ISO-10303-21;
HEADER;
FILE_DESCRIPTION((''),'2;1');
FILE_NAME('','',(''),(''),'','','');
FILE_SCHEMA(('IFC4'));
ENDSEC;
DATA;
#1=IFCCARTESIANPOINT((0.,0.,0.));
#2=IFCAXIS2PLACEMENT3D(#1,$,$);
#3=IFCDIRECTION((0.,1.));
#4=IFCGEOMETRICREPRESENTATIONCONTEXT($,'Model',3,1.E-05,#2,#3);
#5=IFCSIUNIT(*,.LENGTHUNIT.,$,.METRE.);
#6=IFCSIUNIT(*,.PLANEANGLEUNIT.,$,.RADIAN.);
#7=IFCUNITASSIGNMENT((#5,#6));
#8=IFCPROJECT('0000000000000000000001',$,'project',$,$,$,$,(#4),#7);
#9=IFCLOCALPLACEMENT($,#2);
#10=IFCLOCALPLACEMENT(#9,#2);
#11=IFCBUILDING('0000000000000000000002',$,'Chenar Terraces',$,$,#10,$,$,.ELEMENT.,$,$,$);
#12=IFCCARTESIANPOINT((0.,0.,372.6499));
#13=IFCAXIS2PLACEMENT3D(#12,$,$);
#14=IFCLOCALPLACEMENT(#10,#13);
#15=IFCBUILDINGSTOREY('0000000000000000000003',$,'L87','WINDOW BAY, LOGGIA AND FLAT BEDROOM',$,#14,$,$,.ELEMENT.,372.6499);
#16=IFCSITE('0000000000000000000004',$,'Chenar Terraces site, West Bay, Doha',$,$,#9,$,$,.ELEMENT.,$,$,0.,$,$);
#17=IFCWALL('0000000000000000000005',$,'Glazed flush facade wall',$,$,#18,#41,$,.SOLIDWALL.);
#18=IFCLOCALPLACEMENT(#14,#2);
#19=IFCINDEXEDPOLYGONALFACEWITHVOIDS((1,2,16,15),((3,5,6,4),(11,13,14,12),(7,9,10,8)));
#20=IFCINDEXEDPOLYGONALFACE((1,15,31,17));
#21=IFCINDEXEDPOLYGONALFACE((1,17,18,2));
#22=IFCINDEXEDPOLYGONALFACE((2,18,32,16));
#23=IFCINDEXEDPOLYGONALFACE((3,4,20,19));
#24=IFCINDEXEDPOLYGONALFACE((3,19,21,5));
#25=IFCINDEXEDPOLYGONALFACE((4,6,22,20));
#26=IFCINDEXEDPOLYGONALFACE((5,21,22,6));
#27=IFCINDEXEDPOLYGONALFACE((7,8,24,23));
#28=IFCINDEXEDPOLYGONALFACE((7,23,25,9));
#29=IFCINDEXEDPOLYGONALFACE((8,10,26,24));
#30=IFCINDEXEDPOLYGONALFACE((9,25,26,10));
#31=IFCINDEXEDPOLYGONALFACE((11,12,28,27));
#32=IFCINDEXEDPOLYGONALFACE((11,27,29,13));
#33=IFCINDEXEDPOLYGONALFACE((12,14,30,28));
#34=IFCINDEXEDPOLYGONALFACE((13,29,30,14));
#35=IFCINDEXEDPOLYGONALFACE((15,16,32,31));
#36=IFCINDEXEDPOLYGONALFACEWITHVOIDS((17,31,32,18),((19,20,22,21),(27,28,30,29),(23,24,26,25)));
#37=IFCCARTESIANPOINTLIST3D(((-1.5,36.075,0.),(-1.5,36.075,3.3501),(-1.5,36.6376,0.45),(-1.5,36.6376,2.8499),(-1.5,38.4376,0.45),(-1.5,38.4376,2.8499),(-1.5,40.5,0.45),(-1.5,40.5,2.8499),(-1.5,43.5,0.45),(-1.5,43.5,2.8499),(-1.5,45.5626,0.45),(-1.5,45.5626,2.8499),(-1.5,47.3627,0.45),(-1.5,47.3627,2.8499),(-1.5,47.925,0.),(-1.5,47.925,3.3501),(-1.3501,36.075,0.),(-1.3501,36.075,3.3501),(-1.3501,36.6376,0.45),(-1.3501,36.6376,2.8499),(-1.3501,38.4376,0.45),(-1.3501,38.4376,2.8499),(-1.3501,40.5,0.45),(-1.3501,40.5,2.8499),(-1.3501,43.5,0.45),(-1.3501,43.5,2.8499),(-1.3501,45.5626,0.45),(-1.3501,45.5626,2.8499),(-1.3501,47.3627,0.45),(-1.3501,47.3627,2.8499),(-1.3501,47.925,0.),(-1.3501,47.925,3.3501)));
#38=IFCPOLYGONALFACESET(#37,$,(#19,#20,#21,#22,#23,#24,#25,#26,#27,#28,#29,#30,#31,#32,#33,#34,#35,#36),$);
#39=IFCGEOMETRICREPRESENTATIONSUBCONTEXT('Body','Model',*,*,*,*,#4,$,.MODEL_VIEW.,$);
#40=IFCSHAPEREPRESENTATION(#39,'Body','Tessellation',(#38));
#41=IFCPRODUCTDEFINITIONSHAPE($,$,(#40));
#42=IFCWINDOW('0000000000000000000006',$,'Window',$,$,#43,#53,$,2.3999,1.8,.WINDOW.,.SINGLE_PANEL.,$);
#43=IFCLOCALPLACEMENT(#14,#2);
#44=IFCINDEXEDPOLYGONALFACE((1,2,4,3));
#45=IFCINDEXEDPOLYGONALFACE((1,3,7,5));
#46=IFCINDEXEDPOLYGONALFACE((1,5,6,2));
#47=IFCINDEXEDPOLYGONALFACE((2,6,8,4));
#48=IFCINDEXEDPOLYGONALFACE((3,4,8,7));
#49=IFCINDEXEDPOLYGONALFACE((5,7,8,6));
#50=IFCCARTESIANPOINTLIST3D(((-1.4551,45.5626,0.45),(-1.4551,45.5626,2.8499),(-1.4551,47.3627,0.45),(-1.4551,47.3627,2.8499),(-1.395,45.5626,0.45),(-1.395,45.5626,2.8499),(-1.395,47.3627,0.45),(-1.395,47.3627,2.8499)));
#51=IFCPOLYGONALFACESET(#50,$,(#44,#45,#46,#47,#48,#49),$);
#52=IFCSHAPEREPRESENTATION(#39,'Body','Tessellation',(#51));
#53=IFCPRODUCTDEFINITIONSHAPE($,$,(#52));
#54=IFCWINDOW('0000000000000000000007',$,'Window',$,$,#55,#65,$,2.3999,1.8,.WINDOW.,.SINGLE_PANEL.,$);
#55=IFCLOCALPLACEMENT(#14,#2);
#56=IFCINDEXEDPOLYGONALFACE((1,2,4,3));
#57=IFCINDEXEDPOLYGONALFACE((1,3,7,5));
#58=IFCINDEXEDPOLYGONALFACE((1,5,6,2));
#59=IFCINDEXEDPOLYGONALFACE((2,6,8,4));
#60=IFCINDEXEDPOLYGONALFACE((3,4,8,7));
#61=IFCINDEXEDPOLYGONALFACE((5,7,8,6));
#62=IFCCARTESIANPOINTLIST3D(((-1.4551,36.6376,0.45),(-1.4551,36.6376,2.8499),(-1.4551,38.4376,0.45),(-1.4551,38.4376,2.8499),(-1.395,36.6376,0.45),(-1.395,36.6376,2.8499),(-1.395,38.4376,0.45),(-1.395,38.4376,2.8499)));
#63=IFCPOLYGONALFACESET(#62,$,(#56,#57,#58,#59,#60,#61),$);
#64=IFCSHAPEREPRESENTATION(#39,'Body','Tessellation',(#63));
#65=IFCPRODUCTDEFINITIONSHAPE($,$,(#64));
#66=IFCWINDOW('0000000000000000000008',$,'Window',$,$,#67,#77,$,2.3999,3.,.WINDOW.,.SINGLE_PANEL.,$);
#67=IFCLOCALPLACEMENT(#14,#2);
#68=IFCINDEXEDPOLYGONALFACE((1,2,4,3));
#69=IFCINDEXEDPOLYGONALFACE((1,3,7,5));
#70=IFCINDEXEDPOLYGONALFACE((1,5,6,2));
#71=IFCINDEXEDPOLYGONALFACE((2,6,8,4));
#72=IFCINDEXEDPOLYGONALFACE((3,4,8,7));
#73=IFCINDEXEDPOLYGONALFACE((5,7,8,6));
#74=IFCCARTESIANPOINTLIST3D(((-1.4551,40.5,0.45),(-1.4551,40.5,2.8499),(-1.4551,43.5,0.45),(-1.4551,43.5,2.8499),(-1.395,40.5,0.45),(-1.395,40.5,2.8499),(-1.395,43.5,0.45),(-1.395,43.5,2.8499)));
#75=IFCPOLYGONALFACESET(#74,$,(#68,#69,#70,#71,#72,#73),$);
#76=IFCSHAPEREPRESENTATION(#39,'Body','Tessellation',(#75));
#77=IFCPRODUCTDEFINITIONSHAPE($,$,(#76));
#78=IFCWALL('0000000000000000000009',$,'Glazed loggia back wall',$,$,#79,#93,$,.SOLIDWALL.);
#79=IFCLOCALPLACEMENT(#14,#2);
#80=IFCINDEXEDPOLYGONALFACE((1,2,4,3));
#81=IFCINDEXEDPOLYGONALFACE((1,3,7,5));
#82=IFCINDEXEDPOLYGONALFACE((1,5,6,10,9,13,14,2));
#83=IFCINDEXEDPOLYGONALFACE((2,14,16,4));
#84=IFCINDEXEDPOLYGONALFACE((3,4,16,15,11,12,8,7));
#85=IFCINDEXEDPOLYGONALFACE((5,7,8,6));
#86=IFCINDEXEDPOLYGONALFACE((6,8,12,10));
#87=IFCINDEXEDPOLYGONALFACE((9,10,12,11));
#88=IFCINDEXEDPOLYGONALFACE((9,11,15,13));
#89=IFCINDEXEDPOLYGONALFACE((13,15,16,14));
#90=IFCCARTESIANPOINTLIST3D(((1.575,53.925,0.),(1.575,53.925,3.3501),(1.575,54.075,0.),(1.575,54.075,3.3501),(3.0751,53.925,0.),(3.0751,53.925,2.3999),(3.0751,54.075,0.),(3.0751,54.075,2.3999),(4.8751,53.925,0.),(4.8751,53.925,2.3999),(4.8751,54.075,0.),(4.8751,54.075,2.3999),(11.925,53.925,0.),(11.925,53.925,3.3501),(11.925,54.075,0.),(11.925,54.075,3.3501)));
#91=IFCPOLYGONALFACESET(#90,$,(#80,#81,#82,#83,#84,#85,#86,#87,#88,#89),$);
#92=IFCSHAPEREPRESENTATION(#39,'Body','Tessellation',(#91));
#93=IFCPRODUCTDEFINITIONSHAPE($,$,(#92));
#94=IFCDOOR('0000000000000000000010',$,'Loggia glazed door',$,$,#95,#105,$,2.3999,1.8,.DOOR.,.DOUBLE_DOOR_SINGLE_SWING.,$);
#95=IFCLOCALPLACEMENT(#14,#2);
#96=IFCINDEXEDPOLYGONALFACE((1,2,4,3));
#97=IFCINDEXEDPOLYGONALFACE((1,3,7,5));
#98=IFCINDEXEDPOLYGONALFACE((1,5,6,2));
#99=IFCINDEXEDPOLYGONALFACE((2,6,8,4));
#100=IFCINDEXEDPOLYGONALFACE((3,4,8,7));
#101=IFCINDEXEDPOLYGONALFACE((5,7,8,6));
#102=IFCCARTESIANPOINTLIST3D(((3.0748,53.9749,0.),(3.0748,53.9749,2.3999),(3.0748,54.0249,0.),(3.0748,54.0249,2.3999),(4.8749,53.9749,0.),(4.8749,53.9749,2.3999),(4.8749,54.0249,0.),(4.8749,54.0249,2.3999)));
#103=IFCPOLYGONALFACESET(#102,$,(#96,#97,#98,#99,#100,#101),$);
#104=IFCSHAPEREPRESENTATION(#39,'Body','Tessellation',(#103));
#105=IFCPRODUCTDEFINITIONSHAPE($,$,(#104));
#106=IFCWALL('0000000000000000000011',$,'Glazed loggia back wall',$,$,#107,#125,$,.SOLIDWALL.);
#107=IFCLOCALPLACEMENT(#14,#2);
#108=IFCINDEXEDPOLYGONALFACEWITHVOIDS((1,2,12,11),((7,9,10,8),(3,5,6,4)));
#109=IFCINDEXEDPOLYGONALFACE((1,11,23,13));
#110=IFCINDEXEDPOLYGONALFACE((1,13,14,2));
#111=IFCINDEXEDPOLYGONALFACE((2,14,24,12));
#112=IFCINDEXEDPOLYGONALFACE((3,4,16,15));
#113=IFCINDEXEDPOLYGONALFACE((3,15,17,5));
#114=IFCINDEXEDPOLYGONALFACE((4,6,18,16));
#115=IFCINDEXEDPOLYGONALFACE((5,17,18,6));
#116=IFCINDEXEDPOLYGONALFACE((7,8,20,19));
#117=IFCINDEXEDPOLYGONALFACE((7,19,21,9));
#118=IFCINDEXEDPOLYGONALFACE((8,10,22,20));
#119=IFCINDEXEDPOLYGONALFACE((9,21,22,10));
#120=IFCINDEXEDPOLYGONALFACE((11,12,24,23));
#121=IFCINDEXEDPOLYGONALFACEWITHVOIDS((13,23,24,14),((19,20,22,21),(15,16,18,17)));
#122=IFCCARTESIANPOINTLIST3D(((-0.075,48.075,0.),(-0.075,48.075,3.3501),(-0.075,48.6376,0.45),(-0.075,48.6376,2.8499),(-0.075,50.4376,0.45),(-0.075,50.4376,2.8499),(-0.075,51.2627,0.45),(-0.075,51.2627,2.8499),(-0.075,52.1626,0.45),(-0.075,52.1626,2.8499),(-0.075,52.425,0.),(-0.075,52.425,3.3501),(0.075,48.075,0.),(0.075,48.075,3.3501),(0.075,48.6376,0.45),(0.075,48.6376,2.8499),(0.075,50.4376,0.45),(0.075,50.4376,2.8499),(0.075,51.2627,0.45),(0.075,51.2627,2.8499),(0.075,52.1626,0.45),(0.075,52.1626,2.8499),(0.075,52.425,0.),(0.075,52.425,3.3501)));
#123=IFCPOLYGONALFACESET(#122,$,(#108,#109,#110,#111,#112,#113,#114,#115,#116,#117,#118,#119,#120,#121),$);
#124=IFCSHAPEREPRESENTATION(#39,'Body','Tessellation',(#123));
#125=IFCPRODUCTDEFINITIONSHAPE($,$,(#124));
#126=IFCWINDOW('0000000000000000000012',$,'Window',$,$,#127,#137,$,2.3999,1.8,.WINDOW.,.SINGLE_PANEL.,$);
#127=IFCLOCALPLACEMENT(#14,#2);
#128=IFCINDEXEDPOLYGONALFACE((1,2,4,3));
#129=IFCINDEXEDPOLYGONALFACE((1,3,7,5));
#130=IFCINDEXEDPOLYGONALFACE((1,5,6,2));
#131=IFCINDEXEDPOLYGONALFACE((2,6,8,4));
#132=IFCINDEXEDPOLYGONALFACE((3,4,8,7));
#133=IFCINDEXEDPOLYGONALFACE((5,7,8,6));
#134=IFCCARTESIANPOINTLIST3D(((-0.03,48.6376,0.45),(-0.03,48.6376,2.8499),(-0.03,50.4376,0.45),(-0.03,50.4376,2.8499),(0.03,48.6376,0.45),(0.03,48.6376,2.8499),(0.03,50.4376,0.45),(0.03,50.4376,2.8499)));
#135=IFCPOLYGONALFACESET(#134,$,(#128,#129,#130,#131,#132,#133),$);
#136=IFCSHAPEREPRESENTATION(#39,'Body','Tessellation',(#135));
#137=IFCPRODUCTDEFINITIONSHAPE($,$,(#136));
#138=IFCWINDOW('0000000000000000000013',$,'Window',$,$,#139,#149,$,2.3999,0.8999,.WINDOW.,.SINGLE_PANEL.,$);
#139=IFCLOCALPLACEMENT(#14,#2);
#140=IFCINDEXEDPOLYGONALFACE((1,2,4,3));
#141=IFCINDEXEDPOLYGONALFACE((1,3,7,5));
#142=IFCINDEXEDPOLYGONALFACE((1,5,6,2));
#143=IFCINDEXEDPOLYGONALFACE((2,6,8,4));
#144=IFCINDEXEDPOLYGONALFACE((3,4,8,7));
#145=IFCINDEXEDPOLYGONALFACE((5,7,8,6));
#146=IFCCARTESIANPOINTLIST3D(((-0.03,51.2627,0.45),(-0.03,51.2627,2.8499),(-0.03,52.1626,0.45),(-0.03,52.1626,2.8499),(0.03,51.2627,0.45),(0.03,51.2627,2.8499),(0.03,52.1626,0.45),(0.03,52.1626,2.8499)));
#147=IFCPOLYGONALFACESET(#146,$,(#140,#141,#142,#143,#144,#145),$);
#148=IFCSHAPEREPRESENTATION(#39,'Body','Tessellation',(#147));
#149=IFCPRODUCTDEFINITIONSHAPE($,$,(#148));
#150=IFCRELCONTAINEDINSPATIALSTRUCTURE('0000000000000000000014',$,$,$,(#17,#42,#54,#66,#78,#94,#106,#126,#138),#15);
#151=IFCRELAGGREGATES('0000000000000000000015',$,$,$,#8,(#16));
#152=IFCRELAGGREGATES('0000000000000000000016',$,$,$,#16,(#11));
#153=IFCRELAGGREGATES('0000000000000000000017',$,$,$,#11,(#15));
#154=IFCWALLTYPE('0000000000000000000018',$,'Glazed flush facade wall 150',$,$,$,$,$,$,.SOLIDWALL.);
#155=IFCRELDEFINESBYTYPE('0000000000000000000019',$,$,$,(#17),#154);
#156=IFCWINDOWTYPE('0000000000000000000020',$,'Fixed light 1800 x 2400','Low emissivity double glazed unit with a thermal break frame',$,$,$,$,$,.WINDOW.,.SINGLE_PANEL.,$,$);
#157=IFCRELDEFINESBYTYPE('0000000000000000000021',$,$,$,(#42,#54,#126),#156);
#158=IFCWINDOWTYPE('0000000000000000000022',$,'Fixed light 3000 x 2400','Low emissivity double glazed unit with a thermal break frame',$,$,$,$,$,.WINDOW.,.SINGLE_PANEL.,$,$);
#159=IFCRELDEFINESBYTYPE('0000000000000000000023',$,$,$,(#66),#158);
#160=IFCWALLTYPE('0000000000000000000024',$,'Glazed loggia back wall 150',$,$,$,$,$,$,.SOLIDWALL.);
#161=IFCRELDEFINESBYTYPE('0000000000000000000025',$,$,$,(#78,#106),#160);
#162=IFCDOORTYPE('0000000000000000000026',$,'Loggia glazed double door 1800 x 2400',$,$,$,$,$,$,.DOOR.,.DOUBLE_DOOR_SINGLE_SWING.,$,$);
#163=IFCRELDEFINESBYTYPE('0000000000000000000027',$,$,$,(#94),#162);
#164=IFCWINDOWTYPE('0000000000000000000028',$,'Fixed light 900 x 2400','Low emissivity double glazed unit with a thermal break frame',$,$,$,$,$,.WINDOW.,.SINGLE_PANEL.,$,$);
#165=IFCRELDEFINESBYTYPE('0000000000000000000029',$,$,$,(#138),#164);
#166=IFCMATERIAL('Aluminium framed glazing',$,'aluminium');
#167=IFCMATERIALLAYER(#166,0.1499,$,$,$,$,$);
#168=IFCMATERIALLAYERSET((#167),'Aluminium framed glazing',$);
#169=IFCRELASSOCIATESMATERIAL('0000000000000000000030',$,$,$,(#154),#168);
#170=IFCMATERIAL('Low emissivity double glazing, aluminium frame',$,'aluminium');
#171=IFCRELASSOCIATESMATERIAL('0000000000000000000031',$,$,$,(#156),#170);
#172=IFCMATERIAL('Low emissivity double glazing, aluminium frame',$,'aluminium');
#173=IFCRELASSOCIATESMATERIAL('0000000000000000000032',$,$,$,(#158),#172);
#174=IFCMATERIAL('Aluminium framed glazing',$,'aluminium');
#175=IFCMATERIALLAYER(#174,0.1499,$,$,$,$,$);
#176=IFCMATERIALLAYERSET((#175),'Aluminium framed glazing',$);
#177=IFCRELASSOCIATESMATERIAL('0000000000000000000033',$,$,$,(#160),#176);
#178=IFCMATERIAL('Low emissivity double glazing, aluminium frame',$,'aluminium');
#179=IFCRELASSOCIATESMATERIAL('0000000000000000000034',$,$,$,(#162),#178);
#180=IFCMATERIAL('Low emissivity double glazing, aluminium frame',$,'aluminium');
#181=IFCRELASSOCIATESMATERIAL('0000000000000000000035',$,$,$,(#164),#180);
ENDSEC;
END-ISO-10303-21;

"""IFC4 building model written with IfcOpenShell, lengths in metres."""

from ifc_helpers import new_model, si_unit, direction, frame, frame_2d, origin, place, context, subcontext, project, spatial, rectangle, extrude, material, layer, layer_set, type_object, element, fill, save


model = new_model("IFC4")

# Units and contexts
model_context = context("Model", 3, precision=1e-05, world=origin(), true_north=direction((0.0, 1.0)))
body_context = subcontext(model_context, "Body", "Model", "MODEL_VIEW")
ifc_project = project(units=[si_unit("LENGTHUNIT", "METRE"), si_unit("PLANEANGLEUNIT", "RADIAN")], contexts=[model_context])

# Site, building, storey
site_placement = place(None, origin())
site = spatial("IfcSite", under=ifc_project, at=site_placement, Name="Chenar Terraces site, West Bay, Doha", CompositionType="ELEMENT", RefElevation=0.0)
building_placement = place(site_placement, origin())
building = spatial("IfcBuilding", under=site, at=building_placement, Name="Chenar Terraces", CompositionType="ELEMENT")
storey_placement = place(building_placement, frame((0.0, 0.0, 372.6499)))
storey = spatial("IfcBuildingStorey", under=building, at=storey_placement, Name="L87", Description="WINDOW BAY, LOGGIA AND FLAT BEDROOM", CompositionType="ELEMENT", Elevation=372.6499)

# Wall, openings, windows
ifc_material_1 = material(Name="Aluminium framed glazing", Category="aluminium")
ifc_layer_1 = layer(ifc_material_1, 0.1499)
ifc_layer_set_1 = layer_set([ifc_layer_1], Name="Aluminium framed glazing")
wall_type_1 = type_object("IfcWallType", Name="Glazed flush facade wall 150", PredefinedType="SOLIDWALL", material=ifc_layer_set_1)
wall_1_placement = place(storey_placement, frame((-1.425, 47.925, 0.0), z_axis=(0.0, 0.0, 1.0), x_axis=(0.0, -1.0, 0.0)))
wall_1 = element("IfcWall", 1, at=wall_1_placement, inside=storey, type_object=wall_type_1, Name="Glazed flush facade wall", PredefinedType="SOLIDWALL", context=body_context, shape_type="SweptSolid", body=[
    extrude(rectangle(XDim=11.8501, YDim=0.1499, at=frame_2d((5.925, 0.0))), origin(), (0.0, 0.0, 1.0), 3.3501),
])
opening_1_placement = place(wall_1_placement, frame((0.5625, 0.0, 0.45)))
opening_1 = element("IfcOpeningElement", 2, at=opening_1_placement, cuts=wall_1, PredefinedType="OPENING", context=body_context, shape_type="SweptSolid", body=[
    extrude(rectangle(XDim=1.8, YDim=2.3999, at=frame_2d((0.8999, 1.2))), frame((0.0, 0.085, 0.0), z_axis=(0.0, -1.0, 0.0), x_axis=(1.0, 0.0, 0.0)), (0.0, 0.0, 1.0), 0.1699),
])
opening_2_placement = place(wall_1_placement, frame((4.425, 0.0, 0.45)))
opening_2 = element("IfcOpeningElement", 3, at=opening_2_placement, cuts=wall_1, PredefinedType="OPENING", context=body_context, shape_type="SweptSolid", body=[
    extrude(rectangle(XDim=3.0, YDim=2.3999, at=frame_2d((1.5, 1.2))), frame((0.0, 0.085, 0.0), z_axis=(0.0, -1.0, 0.0), x_axis=(1.0, 0.0, 0.0)), (0.0, 0.0, 1.0), 0.1699),
])
opening_3_placement = place(wall_1_placement, frame((9.4875, 0.0, 0.45)))
opening_3 = element("IfcOpeningElement", 4, at=opening_3_placement, cuts=wall_1, PredefinedType="OPENING", context=body_context, shape_type="SweptSolid", body=[
    extrude(rectangle(XDim=1.8, YDim=2.3999, at=frame_2d((0.8999, 1.2))), frame((0.0, 0.085, 0.0), z_axis=(0.0, -1.0, 0.0), x_axis=(1.0, 0.0, 0.0)), (0.0, 0.0, 1.0), 0.1699),
])
ifc_material_2 = material(Name="Low emissivity double glazing, aluminium frame", Category="aluminium")
window_type_1 = type_object("IfcWindowType", Name="Fixed light 1800 x 2400", Description="Low emissivity double glazed unit with a thermal break frame", PartitioningType="SINGLE_PANEL", PredefinedType="WINDOW", material=ifc_material_2)
window_1_placement = place(opening_1_placement, origin())
window_1 = element("IfcWindow", 5, at=window_1_placement, inside=storey, type_object=window_type_1, Name="Window", OverallHeight=2.3999, OverallWidth=1.8, PartitioningType="SINGLE_PANEL", PredefinedType="WINDOW", context=body_context, shape_type="SweptSolid", body=[
    extrude(rectangle(XDim=1.8, YDim=2.3999, at=frame_2d((0.8999, 1.2))), frame((0.0, 0.03, 0.0), z_axis=(0.0, -1.0, 0.0), x_axis=(1.0, 0.0, 0.0)), (0.0, 0.0, 1.0), 0.0601),
])
fill(opening_1, window_1)
window_2_placement = place(opening_3_placement, origin())
window_2 = element("IfcWindow", 6, at=window_2_placement, inside=storey, type_object=window_type_1, Name="Window", OverallHeight=2.3999, OverallWidth=1.8, PartitioningType="SINGLE_PANEL", PredefinedType="WINDOW", context=body_context, shape_type="SweptSolid", body=[
    extrude(rectangle(XDim=1.8, YDim=2.3999, at=frame_2d((0.8999, 1.2))), frame((0.0, 0.03, 0.0), z_axis=(0.0, -1.0, 0.0), x_axis=(1.0, 0.0, 0.0)), (0.0, 0.0, 1.0), 0.0601),
])
fill(opening_3, window_2)
ifc_material_3 = material(Name="Low emissivity double glazing, aluminium frame", Category="aluminium")
window_type_2 = type_object("IfcWindowType", Name="Fixed light 3000 x 2400", Description="Low emissivity double glazed unit with a thermal break frame", PartitioningType="SINGLE_PANEL", PredefinedType="WINDOW", material=ifc_material_3)
window_3_placement = place(opening_2_placement, origin())
window_3 = element("IfcWindow", 7, at=window_3_placement, inside=storey, type_object=window_type_2, Name="Window", OverallHeight=2.3999, OverallWidth=3.0, PartitioningType="SINGLE_PANEL", PredefinedType="WINDOW", context=body_context, shape_type="SweptSolid", body=[
    extrude(rectangle(XDim=3.0, YDim=2.3999, at=frame_2d((1.5, 1.2))), frame((0.0, 0.03, 0.0), z_axis=(0.0, -1.0, 0.0), x_axis=(1.0, 0.0, 0.0)), (0.0, 0.0, 1.0), 0.0601),
])
fill(opening_2, window_3)

# Wall, opening, door
ifc_material_4 = material(Name="Aluminium framed glazing", Category="aluminium")
ifc_layer_2 = layer(ifc_material_4, 0.1499)
ifc_layer_set_2 = layer_set([ifc_layer_2], Name="Aluminium framed glazing")
wall_type_2 = type_object("IfcWallType", Name="Glazed loggia back wall 150", PredefinedType="SOLIDWALL", material=ifc_layer_set_2)
wall_2_placement = place(storey_placement, frame((11.925, 54.0, 0.0), z_axis=(0.0, 0.0, 1.0), x_axis=(-1.0, 0.0, 0.0)))
wall_2 = element("IfcWall", 8, at=wall_2_placement, inside=storey, type_object=wall_type_2, Name="Glazed loggia back wall", PredefinedType="SOLIDWALL", context=body_context, shape_type="SweptSolid", body=[
    extrude(rectangle(XDim=10.3501, YDim=0.1499, at=frame_2d((5.175, 0.0))), origin(), (0.0, 0.0, 1.0), 3.3501),
])
opening_4_placement = place(wall_2_placement, frame((7.05, 0.0, 0.0)))
opening_4 = element("IfcOpeningElement", 9, at=opening_4_placement, cuts=wall_2, PredefinedType="OPENING", context=body_context, shape_type="SweptSolid", body=[
    extrude(rectangle(XDim=1.8, YDim=2.3999, at=frame_2d((0.8999, 1.2))), frame((0.0, 0.085, 0.0), z_axis=(0.0, -1.0, 0.0), x_axis=(1.0, 0.0, 0.0)), (0.0, 0.0, 1.0), 0.1699),
])
ifc_material_5 = material(Name="Low emissivity double glazing, aluminium frame", Category="aluminium")
door_type_1 = type_object("IfcDoorType", Name="Loggia glazed double door 1800 x 2400", OperationType="DOUBLE_DOOR_SINGLE_SWING", PredefinedType="DOOR", material=ifc_material_5)
door_1_placement = place(opening_4_placement, frame((1.8, 0.0, 0.0), z_axis=(0.0, 0.0, 1.0), x_axis=(-1.0, 0.0, 0.0)))
door_1 = element("IfcDoor", 10, at=door_1_placement, inside=storey, type_object=door_type_1, Name="Loggia glazed door", OperationType="DOUBLE_DOOR_SINGLE_SWING", OverallHeight=2.3999, OverallWidth=1.8, PredefinedType="DOOR", context=body_context, shape_type="SweptSolid", body=[
    extrude(rectangle(XDim=1.8, YDim=2.3999, at=frame_2d((0.8999, 1.2))), frame((0.0, 0.0249, 0.0), z_axis=(0.0, -1.0, 0.0), x_axis=(1.0, 0.0, 0.0)), (0.0, 0.0, 1.0), 0.05),
])
fill(opening_4, door_1)

# Wall, openings, windows
wall_3_placement = place(storey_placement, frame((0.0, 52.425, 0.0), z_axis=(0.0, 0.0, 1.0), x_axis=(0.0, -1.0, 0.0)))
wall_3 = element("IfcWall", 11, at=wall_3_placement, inside=storey, type_object=wall_type_2, Name="Glazed loggia back wall", PredefinedType="SOLIDWALL", context=body_context, shape_type="SweptSolid", body=[
    extrude(rectangle(XDim=4.3501, YDim=0.1499, at=frame_2d((2.175, 0.0))), origin(), (0.0, 0.0, 1.0), 3.3501),
])
opening_5_placement = place(wall_3_placement, frame((0.2625, 0.0, 0.45)))
opening_5 = element("IfcOpeningElement", 12, at=opening_5_placement, cuts=wall_3, PredefinedType="OPENING", context=body_context, shape_type="SweptSolid", body=[
    extrude(rectangle(XDim=0.8999, YDim=2.3999, at=frame_2d((0.45, 1.2))), frame((0.0, 0.085, 0.0), z_axis=(0.0, -1.0, 0.0), x_axis=(1.0, 0.0, 0.0)), (0.0, 0.0, 1.0), 0.1699),
])
opening_6_placement = place(wall_3_placement, frame((1.9875, 0.0, 0.45)))
opening_6 = element("IfcOpeningElement", 13, at=opening_6_placement, cuts=wall_3, PredefinedType="OPENING", context=body_context, shape_type="SweptSolid", body=[
    extrude(rectangle(XDim=1.8, YDim=2.3999, at=frame_2d((0.8999, 1.2))), frame((0.0, 0.085, 0.0), z_axis=(0.0, -1.0, 0.0), x_axis=(1.0, 0.0, 0.0)), (0.0, 0.0, 1.0), 0.1699),
])
window_4_placement = place(opening_6_placement, origin())
window_4 = element("IfcWindow", 14, at=window_4_placement, inside=storey, type_object=window_type_1, Name="Window", OverallHeight=2.3999, OverallWidth=1.8, PartitioningType="SINGLE_PANEL", PredefinedType="WINDOW", context=body_context, shape_type="SweptSolid", body=[
    extrude(rectangle(XDim=1.8, YDim=2.3999, at=frame_2d((0.8999, 1.2))), frame((0.0, 0.03, 0.0), z_axis=(0.0, -1.0, 0.0), x_axis=(1.0, 0.0, 0.0)), (0.0, 0.0, 1.0), 0.0601),
])
fill(opening_6, window_4)
ifc_material_6 = material(Name="Low emissivity double glazing, aluminium frame", Category="aluminium")
window_type_3 = type_object("IfcWindowType", Name="Fixed light 900 x 2400", Description="Low emissivity double glazed unit with a thermal break frame", PartitioningType="SINGLE_PANEL", PredefinedType="WINDOW", material=ifc_material_6)
window_5_placement = place(opening_5_placement, origin())
window_5 = element("IfcWindow", 15, at=window_5_placement, inside=storey, type_object=window_type_3, Name="Window", OverallHeight=2.3999, OverallWidth=0.8999, PartitioningType="SINGLE_PANEL", PredefinedType="WINDOW", context=body_context, shape_type="SweptSolid", body=[
    extrude(rectangle(XDim=0.8999, YDim=2.3999, at=frame_2d((0.45, 1.2))), frame((0.0, 0.03, 0.0), z_axis=(0.0, -1.0, 0.0), x_axis=(1.0, 0.0, 0.0)), (0.0, 0.0, 1.0), 0.0601),
])
fill(opening_5, window_5)

save(model, "model.ifc")
